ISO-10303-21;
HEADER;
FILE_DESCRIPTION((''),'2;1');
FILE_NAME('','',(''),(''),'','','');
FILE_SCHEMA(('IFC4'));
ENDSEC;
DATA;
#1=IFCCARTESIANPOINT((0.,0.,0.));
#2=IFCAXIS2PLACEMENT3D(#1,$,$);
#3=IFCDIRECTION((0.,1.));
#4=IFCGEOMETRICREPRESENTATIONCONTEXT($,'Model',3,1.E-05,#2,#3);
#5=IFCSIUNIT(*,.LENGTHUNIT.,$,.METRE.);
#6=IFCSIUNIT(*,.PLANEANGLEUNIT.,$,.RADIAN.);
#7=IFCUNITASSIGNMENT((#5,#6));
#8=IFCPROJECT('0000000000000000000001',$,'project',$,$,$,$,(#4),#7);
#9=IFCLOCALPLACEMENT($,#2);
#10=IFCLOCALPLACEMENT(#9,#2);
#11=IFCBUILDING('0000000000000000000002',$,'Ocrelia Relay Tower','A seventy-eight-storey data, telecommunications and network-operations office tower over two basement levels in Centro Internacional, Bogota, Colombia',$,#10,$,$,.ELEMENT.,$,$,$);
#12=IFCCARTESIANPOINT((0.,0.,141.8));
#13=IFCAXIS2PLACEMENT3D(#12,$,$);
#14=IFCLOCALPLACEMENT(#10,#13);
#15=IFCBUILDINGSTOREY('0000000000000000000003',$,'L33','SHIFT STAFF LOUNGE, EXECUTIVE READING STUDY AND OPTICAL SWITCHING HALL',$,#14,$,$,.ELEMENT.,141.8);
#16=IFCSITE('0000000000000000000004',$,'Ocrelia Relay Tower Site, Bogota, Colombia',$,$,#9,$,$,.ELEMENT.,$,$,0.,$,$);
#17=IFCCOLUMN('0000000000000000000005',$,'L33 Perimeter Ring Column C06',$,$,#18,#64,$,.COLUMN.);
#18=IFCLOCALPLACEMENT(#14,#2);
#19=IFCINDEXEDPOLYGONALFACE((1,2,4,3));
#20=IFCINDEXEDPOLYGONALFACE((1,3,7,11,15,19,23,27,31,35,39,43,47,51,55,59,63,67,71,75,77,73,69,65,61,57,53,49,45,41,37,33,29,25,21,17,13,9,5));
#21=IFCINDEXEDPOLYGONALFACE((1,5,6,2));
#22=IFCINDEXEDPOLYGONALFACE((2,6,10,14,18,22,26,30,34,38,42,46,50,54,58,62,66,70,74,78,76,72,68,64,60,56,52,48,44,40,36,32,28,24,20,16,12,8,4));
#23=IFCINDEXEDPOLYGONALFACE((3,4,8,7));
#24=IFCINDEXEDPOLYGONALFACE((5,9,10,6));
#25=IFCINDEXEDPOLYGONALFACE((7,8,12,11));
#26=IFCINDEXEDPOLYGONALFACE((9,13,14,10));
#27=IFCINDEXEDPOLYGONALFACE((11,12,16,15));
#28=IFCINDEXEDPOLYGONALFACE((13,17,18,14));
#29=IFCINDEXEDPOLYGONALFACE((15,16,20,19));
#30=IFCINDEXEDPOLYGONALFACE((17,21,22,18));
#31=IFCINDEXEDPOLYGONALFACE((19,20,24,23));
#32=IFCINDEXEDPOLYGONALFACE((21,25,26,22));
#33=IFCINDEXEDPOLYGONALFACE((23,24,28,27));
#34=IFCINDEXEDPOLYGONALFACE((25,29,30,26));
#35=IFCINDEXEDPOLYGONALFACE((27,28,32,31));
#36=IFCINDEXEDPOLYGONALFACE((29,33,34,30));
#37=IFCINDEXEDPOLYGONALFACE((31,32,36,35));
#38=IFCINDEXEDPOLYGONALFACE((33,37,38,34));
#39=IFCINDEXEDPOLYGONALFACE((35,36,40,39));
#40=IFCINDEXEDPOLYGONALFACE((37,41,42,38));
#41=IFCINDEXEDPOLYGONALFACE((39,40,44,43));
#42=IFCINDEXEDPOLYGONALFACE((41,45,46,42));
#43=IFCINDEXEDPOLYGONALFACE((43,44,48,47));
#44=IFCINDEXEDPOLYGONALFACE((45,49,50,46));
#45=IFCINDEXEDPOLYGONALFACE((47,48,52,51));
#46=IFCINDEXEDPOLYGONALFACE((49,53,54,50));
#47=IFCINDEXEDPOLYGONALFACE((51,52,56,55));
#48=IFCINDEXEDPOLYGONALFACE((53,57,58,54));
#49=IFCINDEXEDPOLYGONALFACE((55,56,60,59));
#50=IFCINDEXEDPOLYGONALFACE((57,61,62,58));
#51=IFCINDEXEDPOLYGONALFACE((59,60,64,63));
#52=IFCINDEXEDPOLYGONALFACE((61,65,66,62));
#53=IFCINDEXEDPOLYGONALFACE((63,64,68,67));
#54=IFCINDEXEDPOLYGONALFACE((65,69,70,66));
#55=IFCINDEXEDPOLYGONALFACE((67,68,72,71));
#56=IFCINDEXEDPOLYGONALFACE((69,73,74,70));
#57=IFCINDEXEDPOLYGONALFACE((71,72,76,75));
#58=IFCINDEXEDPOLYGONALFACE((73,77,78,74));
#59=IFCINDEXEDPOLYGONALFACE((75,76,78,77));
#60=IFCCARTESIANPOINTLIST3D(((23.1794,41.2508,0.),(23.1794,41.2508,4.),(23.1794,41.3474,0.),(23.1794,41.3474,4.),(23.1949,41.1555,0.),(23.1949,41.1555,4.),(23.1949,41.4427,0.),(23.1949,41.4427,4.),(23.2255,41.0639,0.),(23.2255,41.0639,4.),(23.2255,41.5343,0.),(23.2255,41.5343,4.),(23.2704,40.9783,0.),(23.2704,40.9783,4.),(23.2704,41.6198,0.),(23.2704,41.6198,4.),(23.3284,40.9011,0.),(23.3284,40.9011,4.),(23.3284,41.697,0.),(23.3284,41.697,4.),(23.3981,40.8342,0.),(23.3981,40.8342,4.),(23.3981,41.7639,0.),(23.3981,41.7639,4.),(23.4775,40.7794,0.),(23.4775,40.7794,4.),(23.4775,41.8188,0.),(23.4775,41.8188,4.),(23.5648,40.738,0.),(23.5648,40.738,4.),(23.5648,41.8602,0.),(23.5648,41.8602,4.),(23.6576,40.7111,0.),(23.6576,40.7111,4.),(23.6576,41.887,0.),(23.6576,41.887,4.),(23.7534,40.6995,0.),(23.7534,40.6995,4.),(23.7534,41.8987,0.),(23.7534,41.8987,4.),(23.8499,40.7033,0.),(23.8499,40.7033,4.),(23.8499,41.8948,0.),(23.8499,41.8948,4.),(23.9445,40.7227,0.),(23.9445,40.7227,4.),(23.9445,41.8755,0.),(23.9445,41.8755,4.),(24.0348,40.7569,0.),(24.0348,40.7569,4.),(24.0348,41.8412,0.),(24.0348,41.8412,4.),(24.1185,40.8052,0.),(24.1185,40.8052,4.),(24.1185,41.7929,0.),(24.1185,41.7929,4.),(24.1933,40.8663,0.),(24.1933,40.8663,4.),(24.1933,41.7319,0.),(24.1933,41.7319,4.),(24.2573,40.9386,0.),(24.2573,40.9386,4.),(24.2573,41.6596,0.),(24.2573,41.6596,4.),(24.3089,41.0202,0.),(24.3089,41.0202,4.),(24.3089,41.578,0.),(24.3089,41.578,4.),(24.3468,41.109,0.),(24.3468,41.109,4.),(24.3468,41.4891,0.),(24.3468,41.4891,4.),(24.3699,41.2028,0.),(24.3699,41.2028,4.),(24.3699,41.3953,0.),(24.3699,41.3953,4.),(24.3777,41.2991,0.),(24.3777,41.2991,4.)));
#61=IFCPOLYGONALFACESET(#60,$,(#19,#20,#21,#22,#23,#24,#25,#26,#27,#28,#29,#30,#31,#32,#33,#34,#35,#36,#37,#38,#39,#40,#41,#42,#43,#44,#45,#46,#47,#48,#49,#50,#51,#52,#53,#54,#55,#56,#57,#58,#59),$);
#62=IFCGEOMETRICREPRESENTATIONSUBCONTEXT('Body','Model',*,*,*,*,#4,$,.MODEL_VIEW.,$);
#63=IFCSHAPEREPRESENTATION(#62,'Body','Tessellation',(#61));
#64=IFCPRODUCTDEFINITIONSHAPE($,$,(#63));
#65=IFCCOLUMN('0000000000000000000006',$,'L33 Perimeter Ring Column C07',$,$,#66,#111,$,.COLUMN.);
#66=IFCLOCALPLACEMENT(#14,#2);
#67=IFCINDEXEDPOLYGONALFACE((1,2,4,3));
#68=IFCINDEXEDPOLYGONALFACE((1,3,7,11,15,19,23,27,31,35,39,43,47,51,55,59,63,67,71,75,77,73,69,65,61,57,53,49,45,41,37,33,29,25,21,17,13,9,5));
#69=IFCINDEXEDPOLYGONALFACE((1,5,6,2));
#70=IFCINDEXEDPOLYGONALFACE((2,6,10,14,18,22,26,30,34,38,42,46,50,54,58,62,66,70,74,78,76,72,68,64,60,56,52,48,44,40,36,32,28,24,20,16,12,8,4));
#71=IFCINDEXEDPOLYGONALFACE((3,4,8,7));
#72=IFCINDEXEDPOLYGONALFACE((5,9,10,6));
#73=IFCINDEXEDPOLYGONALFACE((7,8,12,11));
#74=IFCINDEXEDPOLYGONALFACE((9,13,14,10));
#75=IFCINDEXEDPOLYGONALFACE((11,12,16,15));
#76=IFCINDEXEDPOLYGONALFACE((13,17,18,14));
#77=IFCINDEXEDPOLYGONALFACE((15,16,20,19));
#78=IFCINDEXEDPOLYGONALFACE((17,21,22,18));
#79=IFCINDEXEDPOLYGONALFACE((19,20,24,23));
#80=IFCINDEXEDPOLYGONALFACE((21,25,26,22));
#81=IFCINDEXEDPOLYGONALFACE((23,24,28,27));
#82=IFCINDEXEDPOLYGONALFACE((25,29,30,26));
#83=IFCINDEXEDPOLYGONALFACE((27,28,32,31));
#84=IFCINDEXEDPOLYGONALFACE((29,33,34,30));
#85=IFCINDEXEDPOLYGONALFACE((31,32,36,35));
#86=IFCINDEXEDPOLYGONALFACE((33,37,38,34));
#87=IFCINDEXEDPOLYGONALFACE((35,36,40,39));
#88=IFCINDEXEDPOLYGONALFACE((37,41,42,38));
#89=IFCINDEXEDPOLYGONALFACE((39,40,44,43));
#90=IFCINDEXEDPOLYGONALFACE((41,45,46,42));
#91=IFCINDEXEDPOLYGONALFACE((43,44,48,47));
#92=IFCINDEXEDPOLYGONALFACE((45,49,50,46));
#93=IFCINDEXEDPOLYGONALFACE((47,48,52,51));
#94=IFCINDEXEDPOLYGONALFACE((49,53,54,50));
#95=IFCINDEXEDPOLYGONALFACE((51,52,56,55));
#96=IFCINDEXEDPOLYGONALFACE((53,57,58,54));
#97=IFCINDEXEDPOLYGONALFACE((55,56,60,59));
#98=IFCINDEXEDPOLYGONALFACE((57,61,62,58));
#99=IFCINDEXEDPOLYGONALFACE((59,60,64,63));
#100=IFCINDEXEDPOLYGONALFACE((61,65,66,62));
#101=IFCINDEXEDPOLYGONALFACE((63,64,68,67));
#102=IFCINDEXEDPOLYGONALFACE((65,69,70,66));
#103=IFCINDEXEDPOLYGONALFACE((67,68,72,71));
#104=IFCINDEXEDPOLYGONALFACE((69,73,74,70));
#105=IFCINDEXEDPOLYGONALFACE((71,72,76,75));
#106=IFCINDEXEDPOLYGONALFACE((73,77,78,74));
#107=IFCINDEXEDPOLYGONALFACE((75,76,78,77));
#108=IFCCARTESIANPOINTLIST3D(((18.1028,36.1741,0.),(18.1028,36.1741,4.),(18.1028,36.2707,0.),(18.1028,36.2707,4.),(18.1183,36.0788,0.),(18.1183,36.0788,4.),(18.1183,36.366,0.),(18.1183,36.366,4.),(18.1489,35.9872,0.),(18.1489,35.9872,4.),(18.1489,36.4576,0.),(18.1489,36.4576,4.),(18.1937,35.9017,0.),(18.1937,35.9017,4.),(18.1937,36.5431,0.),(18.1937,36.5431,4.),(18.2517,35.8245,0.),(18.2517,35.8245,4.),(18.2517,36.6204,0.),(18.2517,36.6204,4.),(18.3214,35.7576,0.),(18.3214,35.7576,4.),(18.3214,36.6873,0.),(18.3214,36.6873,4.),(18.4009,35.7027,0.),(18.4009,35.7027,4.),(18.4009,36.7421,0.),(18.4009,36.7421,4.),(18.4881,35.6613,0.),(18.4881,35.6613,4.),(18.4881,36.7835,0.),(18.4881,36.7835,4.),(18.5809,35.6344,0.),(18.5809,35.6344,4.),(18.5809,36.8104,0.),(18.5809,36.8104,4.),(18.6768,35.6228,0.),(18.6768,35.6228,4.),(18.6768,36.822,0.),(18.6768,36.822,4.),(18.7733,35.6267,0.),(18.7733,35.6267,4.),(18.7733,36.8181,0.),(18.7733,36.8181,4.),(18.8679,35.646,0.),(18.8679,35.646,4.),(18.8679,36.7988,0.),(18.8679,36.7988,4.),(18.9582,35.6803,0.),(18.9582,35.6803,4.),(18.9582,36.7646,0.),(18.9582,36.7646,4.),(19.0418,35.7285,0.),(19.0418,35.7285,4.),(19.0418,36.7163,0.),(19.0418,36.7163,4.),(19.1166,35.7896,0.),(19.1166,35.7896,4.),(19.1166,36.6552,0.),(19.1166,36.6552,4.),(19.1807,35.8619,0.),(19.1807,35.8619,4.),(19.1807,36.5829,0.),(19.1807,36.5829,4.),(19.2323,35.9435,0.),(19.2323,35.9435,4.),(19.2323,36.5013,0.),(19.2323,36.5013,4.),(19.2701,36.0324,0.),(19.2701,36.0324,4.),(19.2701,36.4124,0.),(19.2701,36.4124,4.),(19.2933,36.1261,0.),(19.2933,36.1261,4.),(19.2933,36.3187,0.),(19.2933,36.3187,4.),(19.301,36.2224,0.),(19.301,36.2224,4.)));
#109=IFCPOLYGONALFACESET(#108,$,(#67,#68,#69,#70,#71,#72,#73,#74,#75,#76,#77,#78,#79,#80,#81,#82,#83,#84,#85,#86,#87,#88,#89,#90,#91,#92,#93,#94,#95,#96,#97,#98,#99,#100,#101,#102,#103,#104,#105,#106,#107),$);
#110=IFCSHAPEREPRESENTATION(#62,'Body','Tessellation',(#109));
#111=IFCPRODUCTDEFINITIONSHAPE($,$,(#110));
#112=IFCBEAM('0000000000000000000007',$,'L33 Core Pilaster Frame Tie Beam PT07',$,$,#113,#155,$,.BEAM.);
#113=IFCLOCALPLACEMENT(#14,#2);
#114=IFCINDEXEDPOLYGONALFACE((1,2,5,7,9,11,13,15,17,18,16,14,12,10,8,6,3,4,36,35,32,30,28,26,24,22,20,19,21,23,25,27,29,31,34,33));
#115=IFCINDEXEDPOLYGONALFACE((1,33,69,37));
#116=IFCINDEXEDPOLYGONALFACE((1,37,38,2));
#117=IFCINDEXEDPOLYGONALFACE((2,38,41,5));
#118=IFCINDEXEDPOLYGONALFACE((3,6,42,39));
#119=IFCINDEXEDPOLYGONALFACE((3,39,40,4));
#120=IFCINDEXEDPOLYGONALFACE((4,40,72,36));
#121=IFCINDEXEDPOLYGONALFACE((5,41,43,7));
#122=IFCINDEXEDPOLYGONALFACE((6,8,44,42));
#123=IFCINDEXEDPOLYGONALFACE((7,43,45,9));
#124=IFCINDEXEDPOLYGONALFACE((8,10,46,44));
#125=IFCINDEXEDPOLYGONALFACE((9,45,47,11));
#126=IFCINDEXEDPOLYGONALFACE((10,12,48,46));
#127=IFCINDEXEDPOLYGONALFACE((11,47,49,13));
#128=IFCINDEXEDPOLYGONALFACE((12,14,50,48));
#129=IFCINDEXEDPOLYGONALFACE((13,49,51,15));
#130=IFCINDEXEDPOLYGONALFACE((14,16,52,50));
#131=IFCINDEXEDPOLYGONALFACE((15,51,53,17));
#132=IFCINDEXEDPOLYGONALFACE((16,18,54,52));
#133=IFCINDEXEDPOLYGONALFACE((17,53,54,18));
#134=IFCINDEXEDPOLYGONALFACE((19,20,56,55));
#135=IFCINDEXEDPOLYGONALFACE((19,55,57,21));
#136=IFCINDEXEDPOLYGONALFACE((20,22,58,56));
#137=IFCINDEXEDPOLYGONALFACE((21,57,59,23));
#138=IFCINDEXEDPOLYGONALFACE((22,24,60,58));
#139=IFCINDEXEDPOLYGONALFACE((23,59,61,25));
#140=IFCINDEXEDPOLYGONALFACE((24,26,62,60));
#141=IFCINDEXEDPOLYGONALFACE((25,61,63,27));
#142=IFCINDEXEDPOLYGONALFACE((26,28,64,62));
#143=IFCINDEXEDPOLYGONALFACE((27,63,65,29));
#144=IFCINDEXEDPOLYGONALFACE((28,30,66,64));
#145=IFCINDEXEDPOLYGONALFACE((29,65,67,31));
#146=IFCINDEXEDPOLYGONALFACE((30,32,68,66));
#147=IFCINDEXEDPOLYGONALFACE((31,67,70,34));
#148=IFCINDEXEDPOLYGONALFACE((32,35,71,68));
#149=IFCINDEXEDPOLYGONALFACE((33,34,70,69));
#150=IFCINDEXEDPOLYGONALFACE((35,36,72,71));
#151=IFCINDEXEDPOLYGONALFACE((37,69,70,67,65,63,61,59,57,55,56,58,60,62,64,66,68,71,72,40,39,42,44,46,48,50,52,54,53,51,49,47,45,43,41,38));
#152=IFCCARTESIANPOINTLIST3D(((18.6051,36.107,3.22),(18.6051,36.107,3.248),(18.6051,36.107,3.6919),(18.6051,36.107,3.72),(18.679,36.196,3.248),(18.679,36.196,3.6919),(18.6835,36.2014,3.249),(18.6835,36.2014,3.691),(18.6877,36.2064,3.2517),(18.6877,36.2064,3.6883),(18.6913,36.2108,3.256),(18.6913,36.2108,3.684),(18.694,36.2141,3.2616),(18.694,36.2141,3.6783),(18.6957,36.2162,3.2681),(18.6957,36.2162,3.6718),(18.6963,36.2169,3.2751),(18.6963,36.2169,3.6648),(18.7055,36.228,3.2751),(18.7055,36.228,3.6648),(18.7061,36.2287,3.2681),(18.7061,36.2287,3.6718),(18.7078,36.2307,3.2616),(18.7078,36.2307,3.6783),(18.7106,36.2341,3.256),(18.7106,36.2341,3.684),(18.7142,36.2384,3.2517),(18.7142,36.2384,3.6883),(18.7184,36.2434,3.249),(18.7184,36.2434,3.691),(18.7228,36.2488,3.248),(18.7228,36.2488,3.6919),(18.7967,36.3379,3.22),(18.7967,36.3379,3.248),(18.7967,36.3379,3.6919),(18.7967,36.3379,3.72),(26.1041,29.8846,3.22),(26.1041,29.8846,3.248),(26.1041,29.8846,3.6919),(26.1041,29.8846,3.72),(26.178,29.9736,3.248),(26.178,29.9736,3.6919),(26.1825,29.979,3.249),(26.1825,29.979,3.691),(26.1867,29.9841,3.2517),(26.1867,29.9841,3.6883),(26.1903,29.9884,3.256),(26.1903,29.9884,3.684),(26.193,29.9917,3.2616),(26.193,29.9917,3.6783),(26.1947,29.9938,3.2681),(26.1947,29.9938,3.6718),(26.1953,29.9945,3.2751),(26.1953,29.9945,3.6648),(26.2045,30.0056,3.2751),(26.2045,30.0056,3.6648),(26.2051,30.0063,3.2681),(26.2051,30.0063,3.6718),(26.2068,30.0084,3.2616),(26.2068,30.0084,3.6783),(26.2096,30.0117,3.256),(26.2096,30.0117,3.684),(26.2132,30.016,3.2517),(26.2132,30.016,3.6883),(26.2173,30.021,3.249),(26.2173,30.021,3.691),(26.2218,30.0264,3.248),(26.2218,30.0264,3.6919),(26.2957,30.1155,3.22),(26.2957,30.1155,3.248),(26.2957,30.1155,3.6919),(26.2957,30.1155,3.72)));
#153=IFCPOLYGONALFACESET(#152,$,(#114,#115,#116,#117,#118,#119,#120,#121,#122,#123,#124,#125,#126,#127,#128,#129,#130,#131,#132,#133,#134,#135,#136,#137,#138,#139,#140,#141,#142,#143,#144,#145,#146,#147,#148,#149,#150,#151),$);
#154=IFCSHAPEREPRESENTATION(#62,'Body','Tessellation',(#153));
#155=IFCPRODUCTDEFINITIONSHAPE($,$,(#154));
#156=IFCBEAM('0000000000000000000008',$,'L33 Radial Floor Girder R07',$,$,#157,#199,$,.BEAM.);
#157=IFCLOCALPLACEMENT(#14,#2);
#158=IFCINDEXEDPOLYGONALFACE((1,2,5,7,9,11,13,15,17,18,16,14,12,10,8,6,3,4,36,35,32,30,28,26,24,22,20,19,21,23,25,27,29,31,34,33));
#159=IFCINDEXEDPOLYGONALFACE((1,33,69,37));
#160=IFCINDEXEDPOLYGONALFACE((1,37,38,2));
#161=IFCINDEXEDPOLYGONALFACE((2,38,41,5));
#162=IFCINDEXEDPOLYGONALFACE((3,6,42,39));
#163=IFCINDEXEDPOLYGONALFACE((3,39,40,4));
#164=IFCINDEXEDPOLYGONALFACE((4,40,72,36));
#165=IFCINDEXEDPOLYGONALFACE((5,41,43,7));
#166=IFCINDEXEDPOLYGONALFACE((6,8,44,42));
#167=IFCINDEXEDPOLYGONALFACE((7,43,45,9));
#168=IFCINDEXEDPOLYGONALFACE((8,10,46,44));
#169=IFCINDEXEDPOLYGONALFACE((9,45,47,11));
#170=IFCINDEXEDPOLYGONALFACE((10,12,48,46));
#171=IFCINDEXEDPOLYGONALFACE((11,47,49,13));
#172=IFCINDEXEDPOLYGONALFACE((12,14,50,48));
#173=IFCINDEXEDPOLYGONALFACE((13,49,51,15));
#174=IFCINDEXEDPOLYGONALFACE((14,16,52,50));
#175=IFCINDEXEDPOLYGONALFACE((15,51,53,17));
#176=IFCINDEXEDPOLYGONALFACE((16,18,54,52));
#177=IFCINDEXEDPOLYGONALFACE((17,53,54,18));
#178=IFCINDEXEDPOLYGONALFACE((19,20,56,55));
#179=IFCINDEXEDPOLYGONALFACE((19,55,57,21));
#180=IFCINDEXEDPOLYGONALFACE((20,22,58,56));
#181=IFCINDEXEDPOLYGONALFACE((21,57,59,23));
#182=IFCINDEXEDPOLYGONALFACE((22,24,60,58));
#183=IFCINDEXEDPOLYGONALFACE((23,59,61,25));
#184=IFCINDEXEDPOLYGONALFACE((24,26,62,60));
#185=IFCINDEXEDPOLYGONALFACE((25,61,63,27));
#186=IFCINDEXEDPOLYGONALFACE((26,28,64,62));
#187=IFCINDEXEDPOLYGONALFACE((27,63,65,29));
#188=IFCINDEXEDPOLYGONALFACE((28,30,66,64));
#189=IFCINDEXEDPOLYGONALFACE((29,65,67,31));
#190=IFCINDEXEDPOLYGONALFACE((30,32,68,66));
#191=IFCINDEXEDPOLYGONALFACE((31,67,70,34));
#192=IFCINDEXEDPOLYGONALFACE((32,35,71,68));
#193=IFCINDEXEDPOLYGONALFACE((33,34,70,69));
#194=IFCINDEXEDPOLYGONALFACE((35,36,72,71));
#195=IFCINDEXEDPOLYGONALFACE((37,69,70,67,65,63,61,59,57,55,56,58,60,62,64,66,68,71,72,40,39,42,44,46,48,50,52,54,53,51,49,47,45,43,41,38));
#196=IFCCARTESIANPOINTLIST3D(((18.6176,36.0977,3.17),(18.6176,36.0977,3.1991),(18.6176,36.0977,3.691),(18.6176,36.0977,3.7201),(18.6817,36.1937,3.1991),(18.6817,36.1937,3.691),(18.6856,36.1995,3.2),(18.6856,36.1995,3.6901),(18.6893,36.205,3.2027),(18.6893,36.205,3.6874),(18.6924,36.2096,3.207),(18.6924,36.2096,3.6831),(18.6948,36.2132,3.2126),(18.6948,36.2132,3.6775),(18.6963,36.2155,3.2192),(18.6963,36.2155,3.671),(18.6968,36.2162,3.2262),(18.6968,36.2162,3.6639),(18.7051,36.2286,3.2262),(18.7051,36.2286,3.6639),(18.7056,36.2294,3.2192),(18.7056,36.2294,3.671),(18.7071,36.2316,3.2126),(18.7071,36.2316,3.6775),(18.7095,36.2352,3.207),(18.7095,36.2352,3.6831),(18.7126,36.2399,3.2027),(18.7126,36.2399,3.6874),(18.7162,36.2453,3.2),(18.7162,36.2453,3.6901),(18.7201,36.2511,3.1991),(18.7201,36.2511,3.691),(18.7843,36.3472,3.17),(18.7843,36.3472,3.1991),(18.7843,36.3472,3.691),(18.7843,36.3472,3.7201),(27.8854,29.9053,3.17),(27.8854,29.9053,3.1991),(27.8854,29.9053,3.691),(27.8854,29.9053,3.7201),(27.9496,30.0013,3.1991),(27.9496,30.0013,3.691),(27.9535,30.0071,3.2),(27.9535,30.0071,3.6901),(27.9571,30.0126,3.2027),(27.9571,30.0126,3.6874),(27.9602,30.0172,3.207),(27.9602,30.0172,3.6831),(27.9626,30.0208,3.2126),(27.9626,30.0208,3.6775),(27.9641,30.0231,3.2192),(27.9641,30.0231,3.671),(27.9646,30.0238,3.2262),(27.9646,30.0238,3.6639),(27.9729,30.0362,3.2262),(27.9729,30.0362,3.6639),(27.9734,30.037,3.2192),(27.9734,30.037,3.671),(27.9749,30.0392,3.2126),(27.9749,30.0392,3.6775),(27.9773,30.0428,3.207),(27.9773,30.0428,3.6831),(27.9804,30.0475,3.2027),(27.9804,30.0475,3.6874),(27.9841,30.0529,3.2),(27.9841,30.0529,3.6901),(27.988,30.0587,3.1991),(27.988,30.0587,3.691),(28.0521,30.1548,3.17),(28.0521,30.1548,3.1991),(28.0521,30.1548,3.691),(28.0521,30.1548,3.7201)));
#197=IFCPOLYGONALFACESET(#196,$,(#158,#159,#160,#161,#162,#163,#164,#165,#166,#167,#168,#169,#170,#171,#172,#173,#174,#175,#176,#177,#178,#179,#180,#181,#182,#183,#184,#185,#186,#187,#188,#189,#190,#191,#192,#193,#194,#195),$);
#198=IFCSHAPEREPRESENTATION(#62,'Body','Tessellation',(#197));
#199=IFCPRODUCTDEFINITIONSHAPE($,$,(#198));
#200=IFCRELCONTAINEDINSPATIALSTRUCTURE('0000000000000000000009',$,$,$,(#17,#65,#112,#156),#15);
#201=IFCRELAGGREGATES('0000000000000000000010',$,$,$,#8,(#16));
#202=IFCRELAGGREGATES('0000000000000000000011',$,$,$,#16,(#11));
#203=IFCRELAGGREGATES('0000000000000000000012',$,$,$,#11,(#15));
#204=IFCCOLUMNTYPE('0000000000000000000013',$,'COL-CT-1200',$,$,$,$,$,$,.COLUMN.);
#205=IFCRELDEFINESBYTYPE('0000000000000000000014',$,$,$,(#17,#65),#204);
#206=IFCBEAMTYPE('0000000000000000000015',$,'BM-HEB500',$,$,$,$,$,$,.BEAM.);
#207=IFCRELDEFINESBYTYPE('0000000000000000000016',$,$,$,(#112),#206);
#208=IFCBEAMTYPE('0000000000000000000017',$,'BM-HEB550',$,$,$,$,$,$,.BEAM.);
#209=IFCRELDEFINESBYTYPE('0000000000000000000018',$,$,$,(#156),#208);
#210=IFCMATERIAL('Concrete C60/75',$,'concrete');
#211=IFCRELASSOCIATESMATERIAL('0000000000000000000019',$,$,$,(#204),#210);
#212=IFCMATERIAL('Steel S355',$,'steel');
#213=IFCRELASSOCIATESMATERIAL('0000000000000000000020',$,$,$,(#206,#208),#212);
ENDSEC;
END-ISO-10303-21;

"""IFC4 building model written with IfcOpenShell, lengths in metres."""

from ifc_helpers import new_model, si_unit, direction, frame, origin, origin_2d, place, context, subcontext, project, spatial, circle, i_section, extrude, material, material_profile, profile_set, type_object, element, save


model = new_model("IFC4")

# Units and contexts
model_context = context("Model", 3, precision=1e-05, world=origin(), true_north=direction((0.0, 1.0)))
body_context = subcontext(model_context, "Body", "Model", "MODEL_VIEW")
ifc_project = project(units=[si_unit("LENGTHUNIT", "METRE"), si_unit("PLANEANGLEUNIT", "RADIAN")], contexts=[model_context])

# Site, building, storey
site_placement = place(None, origin())
site = spatial("IfcSite", under=ifc_project, at=site_placement, Name="Ocrelia Relay Tower Site, Bogota, Colombia", CompositionType="ELEMENT", RefElevation=0.0)
building_placement = place(site_placement, origin())
building = spatial("IfcBuilding", under=site, at=building_placement, Name="Ocrelia Relay Tower", Description="A seventy-eight-storey data, telecommunications and network-operations office tower over two basement levels in Centro Internacional, Bogota, Colombia", CompositionType="ELEMENT")
storey_placement = place(building_placement, frame((0.0, 0.0, 141.8)))
storey = spatial("IfcBuildingStorey", under=building, at=storey_placement, Name="L33", Description="SHIFT STAFF LOUNGE, EXECUTIVE READING STUDY AND OPTICAL SWITCHING HALL", CompositionType="ELEMENT", Elevation=141.8)

# Columns
ifc_material_1 = material(Name="Concrete C60/75", Category="concrete")
ifc_material_profile_1 = material_profile(ifc_material_1, circle(Radius=0.6001, at=origin_2d()), Name="RC-CIR-1200")
ifc_profile_set_1 = profile_set([ifc_material_profile_1], Name="Concrete C60/75")
column_type = type_object("IfcColumnType", Name="COL-CT-1200", PredefinedType="COLUMN", material=ifc_profile_set_1)
for number, where, z_axis, x_axis, name in (
    (1, (23.7776, 41.2991, 0.0), (0.0, 0.0, 1.0), (1.0, 0.0, 0.0), "L33 Perimeter Ring Column C06"),
    (2, (18.7009, 36.2224, 0.0), (0.0, 0.0, 1.0), (1.0, 0.0, 0.0), "L33 Perimeter Ring Column C07"),
):
    element("IfcColumn", number, at=place(storey_placement, frame(where, z_axis=z_axis, x_axis=x_axis)), inside=storey, type_object=column_type, Name=name, PredefinedType="COLUMN", context=body_context, shape_type="SweptSolid", body=[
        extrude(circle(Radius=0.6001, at=origin_2d()), origin(), (0.0, 0.0, 1.0), 4.0),
    ])

# Beams
ifc_material_2 = material(Name="Steel S355", Category="steel")
ifc_material_profile_2 = material_profile(ifc_material_2, i_section(OverallWidth=0.3, OverallDepth=0.5, WebThickness=0.0144, FlangeThickness=0.0281, FilletRadius=0.0271, at=origin_2d()), Name="HEB 500")
ifc_profile_set_2 = profile_set([ifc_material_profile_2], Name="Steel S355")
beam_type_1 = type_object("IfcBeamType", Name="BM-HEB500", PredefinedType="BEAM", material=ifc_profile_set_2)
beam_1_placement = place(storey_placement, frame((18.7009, 36.2224, 3.47), z_axis=(0.769571, -0.638561, 0.0), x_axis=(0.638561, 0.769571, 0.0)))
element("IfcBeam", 3, at=beam_1_placement, inside=storey, type_object=beam_type_1, Name="L33 Core Pilaster Frame Tie Beam PT07", PredefinedType="BEAM", context=body_context, shape_type="SweptSolid", body=[
    extrude(i_section(OverallWidth=0.3, OverallDepth=0.5, WebThickness=0.0144, FlangeThickness=0.0281, FilletRadius=0.0271, at=origin_2d()), origin(), (0.0, 0.0, 1.0), 9.7444),
])
ifc_material_profile_3 = material_profile(ifc_material_2, i_section(OverallWidth=0.3, OverallDepth=0.55, WebThickness=0.0149, FlangeThickness=0.0291, FilletRadius=0.0271, at=origin_2d()), Name="HEB 550")
ifc_profile_set_3 = profile_set([ifc_material_profile_3], Name="Steel S355")
beam_type_2 = type_object("IfcBeamType", Name="BM-HEB550", PredefinedType="BEAM", material=ifc_profile_set_3)
beam_2_placement = place(storey_placement, frame((18.7009, 36.2224, 3.4451), z_axis=(0.831477, -0.555559, 0.0), x_axis=(0.555559, 0.831477, 0.0)))
element("IfcBeam", 4, at=beam_2_placement, inside=storey, type_object=beam_type_2, Name="L33 Radial Floor Girder R07", PredefinedType="BEAM", context=body_context, shape_type="SweptSolid", body=[
    extrude(i_section(OverallWidth=0.3, OverallDepth=0.55, WebThickness=0.0149, FlangeThickness=0.0291, FilletRadius=0.0271, at=origin_2d()), origin(), (0.0, 0.0, 1.0), 11.1462),
])

save(model, "model.ifc")
